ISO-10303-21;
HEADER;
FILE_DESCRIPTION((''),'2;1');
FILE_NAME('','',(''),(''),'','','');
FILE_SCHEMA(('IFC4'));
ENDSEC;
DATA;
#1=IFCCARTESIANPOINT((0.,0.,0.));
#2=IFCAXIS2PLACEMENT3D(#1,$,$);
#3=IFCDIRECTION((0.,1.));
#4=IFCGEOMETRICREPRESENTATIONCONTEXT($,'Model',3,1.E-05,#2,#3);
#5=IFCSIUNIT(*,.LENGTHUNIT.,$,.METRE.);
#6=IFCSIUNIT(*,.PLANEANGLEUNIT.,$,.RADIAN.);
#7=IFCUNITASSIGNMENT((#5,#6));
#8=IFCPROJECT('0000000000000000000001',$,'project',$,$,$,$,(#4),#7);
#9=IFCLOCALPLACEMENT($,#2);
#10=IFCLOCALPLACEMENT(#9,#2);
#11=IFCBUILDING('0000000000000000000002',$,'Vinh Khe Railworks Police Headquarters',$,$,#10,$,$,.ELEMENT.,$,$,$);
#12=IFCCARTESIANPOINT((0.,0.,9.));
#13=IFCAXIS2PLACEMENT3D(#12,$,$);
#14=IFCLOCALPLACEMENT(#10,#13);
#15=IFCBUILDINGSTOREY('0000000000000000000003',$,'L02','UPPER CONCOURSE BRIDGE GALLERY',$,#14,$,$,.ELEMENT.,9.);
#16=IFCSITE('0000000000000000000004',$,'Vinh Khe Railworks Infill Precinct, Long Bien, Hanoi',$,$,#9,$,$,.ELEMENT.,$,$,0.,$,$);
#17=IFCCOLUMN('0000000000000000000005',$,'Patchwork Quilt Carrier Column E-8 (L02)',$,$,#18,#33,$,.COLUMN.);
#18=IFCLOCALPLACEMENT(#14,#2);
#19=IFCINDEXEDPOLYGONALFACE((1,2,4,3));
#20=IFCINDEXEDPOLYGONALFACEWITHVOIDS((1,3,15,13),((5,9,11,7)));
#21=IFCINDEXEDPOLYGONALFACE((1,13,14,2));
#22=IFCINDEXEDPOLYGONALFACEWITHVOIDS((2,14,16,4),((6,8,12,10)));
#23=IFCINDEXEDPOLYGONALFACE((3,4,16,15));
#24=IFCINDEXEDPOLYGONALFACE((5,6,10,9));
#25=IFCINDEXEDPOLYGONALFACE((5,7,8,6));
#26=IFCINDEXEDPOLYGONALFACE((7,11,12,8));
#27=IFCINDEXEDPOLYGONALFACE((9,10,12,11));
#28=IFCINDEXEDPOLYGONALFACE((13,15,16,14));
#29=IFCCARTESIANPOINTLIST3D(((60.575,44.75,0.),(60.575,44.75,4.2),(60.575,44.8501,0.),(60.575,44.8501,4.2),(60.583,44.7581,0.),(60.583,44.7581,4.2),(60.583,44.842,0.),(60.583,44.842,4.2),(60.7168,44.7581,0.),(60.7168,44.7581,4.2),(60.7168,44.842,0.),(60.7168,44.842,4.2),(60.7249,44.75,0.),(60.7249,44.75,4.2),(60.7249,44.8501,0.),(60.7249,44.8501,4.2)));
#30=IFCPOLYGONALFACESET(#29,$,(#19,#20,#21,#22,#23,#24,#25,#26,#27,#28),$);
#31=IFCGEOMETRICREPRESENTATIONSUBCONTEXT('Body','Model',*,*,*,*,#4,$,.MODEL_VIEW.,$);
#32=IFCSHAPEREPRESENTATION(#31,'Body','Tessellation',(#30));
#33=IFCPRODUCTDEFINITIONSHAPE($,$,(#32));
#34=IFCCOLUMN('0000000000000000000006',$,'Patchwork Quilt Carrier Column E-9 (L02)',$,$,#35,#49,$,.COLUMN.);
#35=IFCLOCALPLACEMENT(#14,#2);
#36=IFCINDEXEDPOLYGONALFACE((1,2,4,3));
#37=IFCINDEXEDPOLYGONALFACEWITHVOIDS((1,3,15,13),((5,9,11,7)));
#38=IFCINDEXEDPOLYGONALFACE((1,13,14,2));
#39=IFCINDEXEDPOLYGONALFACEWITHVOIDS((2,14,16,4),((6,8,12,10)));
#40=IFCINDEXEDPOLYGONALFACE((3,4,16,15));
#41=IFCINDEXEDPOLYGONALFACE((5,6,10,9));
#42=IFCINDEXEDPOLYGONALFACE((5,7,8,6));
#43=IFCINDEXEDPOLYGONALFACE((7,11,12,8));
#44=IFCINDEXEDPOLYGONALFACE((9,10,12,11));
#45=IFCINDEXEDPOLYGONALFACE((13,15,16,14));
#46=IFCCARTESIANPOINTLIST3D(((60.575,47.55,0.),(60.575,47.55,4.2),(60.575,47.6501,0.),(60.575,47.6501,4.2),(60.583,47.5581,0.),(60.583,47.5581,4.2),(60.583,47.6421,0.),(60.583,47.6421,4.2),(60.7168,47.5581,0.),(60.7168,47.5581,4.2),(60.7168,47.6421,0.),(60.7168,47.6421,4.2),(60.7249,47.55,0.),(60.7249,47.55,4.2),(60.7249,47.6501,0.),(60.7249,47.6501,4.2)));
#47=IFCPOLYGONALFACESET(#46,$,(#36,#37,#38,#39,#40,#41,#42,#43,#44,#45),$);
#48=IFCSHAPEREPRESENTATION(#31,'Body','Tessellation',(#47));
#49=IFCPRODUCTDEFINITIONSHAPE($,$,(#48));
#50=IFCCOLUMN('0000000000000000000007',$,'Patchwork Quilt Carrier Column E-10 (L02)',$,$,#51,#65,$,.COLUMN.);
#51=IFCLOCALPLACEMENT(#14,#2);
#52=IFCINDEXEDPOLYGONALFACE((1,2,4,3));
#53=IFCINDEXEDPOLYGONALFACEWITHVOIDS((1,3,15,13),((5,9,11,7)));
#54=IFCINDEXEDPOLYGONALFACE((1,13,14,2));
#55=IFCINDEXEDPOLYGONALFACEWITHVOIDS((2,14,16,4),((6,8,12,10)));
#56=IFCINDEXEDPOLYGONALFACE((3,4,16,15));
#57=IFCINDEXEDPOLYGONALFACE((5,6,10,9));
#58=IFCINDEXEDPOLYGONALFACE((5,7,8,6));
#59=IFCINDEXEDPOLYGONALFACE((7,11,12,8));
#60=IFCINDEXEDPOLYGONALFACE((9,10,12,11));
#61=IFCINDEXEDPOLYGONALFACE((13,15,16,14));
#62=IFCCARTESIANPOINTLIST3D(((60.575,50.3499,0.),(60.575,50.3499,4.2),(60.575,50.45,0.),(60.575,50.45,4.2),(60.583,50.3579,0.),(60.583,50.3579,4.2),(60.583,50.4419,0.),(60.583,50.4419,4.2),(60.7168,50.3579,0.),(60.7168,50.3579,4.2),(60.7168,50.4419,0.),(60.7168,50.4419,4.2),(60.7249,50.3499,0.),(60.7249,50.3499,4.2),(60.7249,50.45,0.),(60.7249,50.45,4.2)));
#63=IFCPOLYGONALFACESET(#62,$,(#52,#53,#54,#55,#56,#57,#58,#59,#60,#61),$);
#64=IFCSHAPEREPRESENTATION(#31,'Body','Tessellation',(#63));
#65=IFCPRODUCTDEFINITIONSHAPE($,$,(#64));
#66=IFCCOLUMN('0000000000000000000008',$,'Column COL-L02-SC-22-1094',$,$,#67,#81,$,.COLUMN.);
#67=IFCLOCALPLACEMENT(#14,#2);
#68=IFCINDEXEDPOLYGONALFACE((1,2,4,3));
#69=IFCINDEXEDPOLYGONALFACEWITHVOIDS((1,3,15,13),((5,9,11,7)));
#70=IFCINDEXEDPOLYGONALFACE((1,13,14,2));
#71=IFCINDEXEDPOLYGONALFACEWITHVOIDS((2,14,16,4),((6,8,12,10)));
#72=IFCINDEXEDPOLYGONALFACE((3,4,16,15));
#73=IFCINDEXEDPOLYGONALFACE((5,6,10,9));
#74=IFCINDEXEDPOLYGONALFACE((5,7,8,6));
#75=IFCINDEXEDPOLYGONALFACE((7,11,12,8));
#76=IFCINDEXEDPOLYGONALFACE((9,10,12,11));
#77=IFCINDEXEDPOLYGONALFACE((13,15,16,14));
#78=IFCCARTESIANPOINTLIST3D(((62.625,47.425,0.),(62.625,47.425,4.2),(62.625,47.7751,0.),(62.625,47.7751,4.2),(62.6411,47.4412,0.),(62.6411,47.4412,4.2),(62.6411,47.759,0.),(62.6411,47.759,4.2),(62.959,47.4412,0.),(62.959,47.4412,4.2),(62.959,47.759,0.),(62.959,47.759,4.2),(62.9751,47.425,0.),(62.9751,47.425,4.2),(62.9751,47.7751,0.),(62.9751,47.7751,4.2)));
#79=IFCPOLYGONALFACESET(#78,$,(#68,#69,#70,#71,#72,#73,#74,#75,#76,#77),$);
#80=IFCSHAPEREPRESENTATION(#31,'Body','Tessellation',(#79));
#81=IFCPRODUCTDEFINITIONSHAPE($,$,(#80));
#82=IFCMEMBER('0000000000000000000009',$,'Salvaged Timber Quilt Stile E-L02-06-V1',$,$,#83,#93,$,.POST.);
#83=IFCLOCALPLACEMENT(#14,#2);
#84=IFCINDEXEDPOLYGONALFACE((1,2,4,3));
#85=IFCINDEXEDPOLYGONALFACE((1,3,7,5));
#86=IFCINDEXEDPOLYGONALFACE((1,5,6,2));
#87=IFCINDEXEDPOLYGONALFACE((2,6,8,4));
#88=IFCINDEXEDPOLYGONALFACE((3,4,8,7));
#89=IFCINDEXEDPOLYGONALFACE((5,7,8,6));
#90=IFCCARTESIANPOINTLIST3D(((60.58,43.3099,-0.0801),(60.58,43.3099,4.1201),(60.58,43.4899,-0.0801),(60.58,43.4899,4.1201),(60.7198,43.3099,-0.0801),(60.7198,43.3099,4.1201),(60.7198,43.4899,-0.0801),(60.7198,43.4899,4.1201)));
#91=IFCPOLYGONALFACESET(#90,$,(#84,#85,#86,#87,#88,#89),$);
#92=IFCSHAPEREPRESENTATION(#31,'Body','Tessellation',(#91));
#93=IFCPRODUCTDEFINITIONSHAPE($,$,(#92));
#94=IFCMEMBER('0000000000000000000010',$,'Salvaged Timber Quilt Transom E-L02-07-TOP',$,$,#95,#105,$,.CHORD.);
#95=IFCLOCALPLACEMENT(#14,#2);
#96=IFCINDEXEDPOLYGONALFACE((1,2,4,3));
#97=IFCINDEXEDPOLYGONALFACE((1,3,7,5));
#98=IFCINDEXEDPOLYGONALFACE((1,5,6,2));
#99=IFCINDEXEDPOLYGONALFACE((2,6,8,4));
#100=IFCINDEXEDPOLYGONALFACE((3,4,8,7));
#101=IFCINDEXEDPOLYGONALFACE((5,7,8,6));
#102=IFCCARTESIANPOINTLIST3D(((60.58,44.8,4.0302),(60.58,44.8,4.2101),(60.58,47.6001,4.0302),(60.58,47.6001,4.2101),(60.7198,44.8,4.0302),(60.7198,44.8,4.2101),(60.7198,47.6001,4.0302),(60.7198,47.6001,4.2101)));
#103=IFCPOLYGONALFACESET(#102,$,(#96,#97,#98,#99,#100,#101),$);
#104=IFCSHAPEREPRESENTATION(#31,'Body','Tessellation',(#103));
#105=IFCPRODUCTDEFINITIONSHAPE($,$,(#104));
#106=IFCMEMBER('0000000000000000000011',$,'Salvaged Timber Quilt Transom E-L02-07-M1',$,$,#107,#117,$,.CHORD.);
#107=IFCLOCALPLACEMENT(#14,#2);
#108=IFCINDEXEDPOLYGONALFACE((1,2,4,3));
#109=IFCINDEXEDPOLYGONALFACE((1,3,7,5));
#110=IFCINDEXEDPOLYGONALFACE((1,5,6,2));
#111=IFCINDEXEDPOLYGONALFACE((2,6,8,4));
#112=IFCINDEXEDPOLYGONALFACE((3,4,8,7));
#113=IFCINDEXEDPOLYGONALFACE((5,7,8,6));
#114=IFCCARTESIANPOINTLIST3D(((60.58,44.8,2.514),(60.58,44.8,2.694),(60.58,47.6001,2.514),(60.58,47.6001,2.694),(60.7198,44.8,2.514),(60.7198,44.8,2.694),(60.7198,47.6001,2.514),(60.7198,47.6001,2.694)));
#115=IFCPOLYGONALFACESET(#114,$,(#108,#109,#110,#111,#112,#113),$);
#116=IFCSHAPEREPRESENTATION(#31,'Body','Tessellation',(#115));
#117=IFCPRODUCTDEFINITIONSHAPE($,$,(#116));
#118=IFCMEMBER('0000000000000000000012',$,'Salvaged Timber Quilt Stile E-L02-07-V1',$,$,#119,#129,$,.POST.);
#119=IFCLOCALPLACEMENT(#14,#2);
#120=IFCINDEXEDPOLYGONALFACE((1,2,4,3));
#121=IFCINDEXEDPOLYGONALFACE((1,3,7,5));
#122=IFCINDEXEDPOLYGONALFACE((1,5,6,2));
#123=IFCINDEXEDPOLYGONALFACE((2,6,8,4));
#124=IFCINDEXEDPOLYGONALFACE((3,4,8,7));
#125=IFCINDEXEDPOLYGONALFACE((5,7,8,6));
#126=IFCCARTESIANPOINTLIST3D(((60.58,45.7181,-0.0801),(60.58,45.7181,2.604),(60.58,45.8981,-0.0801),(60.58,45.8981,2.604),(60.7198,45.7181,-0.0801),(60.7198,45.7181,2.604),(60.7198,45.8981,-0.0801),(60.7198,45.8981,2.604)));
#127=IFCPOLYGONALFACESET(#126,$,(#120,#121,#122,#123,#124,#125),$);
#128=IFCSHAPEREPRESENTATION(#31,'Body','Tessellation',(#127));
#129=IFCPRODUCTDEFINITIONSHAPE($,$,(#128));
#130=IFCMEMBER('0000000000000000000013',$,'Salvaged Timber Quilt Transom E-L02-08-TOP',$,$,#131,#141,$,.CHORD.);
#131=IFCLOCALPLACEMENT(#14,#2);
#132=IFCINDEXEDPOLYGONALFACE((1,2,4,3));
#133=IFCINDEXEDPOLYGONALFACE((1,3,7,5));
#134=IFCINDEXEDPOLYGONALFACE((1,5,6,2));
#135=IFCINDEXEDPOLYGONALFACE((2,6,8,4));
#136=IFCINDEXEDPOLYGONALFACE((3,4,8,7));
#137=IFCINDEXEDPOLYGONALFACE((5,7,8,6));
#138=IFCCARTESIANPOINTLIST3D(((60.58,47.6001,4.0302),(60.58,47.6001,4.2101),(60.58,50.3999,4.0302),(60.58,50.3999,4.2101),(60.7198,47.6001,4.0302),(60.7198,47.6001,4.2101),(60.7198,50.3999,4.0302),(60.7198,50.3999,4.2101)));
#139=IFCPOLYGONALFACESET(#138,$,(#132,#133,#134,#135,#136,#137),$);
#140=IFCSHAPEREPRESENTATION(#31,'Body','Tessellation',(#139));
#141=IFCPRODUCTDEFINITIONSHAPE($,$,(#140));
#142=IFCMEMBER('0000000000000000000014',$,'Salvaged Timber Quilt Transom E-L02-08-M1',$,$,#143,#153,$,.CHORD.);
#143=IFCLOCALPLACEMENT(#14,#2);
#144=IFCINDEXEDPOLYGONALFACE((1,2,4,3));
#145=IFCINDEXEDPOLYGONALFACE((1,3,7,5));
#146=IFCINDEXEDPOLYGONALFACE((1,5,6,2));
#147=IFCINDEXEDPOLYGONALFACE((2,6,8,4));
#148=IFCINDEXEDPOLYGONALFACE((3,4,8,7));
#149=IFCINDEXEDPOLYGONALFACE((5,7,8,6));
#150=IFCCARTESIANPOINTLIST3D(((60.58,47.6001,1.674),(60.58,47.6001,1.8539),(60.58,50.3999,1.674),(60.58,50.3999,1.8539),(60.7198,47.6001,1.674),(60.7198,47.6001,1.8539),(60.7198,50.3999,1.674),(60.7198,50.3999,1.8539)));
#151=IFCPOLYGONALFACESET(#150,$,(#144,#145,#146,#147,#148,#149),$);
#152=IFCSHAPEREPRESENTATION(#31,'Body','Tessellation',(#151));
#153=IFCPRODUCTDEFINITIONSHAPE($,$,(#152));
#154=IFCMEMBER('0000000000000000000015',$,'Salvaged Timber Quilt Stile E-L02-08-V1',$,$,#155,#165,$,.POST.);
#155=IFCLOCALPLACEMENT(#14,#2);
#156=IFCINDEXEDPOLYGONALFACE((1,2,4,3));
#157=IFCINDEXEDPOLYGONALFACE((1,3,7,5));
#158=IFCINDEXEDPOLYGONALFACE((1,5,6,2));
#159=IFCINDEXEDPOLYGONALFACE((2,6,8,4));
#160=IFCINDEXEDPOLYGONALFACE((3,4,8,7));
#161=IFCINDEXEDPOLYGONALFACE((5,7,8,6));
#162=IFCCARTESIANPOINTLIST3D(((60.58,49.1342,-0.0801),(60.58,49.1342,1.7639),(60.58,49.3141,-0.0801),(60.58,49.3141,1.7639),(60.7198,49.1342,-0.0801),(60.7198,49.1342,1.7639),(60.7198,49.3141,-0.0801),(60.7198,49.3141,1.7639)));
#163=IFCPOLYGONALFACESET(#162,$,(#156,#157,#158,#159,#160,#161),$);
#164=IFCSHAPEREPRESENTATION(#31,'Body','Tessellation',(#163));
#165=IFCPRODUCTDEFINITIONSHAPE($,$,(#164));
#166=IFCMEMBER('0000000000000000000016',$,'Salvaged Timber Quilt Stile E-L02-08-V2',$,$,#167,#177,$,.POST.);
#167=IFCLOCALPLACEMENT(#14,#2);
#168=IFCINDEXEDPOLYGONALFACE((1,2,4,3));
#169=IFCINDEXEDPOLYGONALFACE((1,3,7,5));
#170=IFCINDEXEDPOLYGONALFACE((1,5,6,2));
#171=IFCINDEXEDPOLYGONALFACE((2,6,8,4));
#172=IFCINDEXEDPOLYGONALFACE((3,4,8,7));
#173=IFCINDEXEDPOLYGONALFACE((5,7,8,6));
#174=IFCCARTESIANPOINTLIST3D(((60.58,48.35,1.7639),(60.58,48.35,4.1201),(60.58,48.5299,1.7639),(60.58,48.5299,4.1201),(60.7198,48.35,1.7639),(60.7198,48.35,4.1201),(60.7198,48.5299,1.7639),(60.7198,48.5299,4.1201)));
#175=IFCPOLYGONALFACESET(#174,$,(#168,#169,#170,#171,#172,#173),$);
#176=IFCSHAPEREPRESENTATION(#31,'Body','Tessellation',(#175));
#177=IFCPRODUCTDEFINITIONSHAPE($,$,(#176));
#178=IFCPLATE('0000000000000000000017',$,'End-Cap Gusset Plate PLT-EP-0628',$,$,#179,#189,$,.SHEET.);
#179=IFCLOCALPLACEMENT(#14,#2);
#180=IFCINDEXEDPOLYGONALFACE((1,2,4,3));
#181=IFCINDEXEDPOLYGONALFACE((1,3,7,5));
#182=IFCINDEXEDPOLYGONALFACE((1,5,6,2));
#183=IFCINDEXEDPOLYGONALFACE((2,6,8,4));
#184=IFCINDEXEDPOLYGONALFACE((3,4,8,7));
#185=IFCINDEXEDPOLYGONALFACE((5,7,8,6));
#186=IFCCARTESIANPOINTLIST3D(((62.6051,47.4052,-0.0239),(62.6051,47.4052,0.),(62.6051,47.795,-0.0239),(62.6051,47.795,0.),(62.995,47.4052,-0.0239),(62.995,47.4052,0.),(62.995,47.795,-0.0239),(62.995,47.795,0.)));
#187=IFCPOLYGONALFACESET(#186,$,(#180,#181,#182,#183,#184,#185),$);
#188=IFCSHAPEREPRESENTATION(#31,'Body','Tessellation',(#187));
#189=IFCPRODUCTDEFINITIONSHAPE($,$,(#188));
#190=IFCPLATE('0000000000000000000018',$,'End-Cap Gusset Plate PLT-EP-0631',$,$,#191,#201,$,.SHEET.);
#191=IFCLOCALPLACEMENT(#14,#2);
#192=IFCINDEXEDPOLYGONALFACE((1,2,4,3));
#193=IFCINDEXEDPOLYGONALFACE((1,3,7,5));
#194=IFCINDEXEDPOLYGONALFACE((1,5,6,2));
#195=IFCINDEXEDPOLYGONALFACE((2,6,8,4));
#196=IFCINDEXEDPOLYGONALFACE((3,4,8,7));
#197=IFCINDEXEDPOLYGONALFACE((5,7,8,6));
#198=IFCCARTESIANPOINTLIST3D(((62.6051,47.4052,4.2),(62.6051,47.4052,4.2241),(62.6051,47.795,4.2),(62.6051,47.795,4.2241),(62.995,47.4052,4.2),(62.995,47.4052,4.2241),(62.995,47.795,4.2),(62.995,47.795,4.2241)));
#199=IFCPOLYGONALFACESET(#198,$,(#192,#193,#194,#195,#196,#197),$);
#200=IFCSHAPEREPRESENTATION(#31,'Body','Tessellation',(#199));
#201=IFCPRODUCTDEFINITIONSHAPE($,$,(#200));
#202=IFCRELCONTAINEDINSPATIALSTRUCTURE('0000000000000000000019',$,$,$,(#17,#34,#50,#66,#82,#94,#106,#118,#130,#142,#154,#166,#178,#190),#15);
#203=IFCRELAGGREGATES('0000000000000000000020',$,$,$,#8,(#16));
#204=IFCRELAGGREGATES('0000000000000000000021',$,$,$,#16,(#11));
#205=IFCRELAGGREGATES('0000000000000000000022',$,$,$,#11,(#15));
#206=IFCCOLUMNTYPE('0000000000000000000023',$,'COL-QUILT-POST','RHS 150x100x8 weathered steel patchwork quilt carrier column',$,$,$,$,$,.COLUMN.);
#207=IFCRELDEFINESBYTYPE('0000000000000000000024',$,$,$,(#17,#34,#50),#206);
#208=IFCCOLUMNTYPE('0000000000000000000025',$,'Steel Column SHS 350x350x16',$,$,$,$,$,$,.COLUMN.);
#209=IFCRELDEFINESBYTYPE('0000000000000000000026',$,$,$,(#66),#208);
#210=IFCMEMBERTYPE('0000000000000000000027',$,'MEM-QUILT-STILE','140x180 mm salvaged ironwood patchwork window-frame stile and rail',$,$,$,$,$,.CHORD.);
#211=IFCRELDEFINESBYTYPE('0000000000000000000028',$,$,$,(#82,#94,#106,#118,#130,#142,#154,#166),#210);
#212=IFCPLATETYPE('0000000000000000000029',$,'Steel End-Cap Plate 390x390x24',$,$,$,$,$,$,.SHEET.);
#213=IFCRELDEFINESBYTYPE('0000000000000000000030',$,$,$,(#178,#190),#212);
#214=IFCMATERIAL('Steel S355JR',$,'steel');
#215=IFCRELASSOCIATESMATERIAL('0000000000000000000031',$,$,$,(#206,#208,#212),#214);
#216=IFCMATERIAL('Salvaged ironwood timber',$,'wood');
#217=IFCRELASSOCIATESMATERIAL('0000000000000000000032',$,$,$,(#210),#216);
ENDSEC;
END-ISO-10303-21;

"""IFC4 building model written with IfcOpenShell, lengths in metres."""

from ifc_helpers import new_model, si_unit, direction, frame, origin, origin_2d, place, context, subcontext, project, spatial, rectangle, hollow_rectangle, extrude, material, material_profile, profile_set, type_object, element, save


model = new_model("IFC4")

# Units and contexts
model_context = context("Model", 3, precision=1e-05, world=origin(), true_north=direction((0.0, 1.0)))
body_context = subcontext(model_context, "Body", "Model", "MODEL_VIEW")
ifc_project = project(units=[si_unit("LENGTHUNIT", "METRE"), si_unit("PLANEANGLEUNIT", "RADIAN")], contexts=[model_context])

# Site, building, storey
site_placement = place(None, origin())
site = spatial("IfcSite", under=ifc_project, at=site_placement, Name="Vinh Khe Railworks Infill Precinct, Long Bien, Hanoi", CompositionType="ELEMENT", RefElevation=0.0)
building_placement = place(site_placement, origin())
building = spatial("IfcBuilding", under=site, at=building_placement, Name="Vinh Khe Railworks Police Headquarters", CompositionType="ELEMENT")
storey_placement = place(building_placement, frame((0.0, 0.0, 9.0)))
storey = spatial("IfcBuildingStorey", under=building, at=storey_placement, Name="L02", Description="UPPER CONCOURSE BRIDGE GALLERY", CompositionType="ELEMENT", Elevation=9.0)

# Columns
ifc_material_1 = material(Name="Steel S355JR", Category="steel")
ifc_material_profile_1 = material_profile(ifc_material_1, hollow_rectangle(XDim=0.1499, YDim=0.1001, WallThickness=0.0081, at=origin_2d()), Name="RHS 150x100x8")
ifc_profile_set_1 = profile_set([ifc_material_profile_1], Name="Steel S355JR")
column_type_1 = type_object("IfcColumnType", Name="COL-QUILT-POST", Description="RHS 150x100x8 weathered steel patchwork quilt carrier column", PredefinedType="COLUMN", material=ifc_profile_set_1)
for number, where, z_axis, x_axis, name in (
    (1, (60.6499, 44.8, 0.0), (0.0, 0.0, 1.0), (1.0, 0.0, 0.0), "Patchwork Quilt Carrier Column E-8 (L02)"),
    (2, (60.6499, 47.6001, 0.0), (0.0, 0.0, 1.0), (1.0, 0.0, 0.0), "Patchwork Quilt Carrier Column E-9 (L02)"),
    (3, (60.6499, 50.3999, 0.0), (0.0, 0.0, 1.0), (1.0, 0.0, 0.0), "Patchwork Quilt Carrier Column E-10 (L02)"),
):
    element("IfcColumn", number, at=place(storey_placement, frame(where, z_axis=z_axis, x_axis=x_axis)), inside=storey, type_object=column_type_1, Name=name, PredefinedType="COLUMN", context=body_context, shape_type="SweptSolid", body=[
        extrude(hollow_rectangle(XDim=0.1499, YDim=0.1001, WallThickness=0.0081, at=origin_2d()), origin(), (0.0, 0.0, 1.0), 4.2),
    ])
ifc_material_profile_2 = material_profile(ifc_material_1, hollow_rectangle(XDim=0.3501, YDim=0.3501, WallThickness=0.0161, at=origin_2d()), Name="SHS 350x350x16")
ifc_profile_set_2 = profile_set([ifc_material_profile_2], Name="Steel S355JR")
column_type_2 = type_object("IfcColumnType", Name="Steel Column SHS 350x350x16", PredefinedType="COLUMN", material=ifc_profile_set_2)
column_placement = place(storey_placement, frame((62.8, 47.6001, 0.0), z_axis=(0.0, 0.0, 1.0), x_axis=(1.0, 0.0, 0.0)))
element("IfcColumn", 4, at=column_placement, inside=storey, type_object=column_type_2, Name="Column COL-L02-SC-22-1094", PredefinedType="COLUMN", context=body_context, shape_type="SweptSolid", body=[
    extrude(hollow_rectangle(XDim=0.3501, YDim=0.3501, WallThickness=0.0161, at=origin_2d()), origin(), (0.0, 0.0, 1.0), 4.2),
])

# Members
ifc_material_2 = material(Name="Salvaged ironwood timber", Category="wood")
ifc_material_profile_3 = material_profile(ifc_material_2, rectangle(XDim=0.1399, YDim=0.1799, at=origin_2d()), Name="TIMBER 140x180")
ifc_profile_set_3 = profile_set([ifc_material_profile_3], Name="Salvaged ironwood timber")
member_type = type_object("IfcMemberType", Name="MEM-QUILT-STILE", Description="140x180 mm salvaged ironwood patchwork window-frame stile and rail", PredefinedType="CHORD", material=ifc_profile_set_3)
member_1_placement = place(storey_placement, frame((60.6499, 43.3999, -0.0801), z_axis=(0.0, 0.0, 1.0), x_axis=(1.0, 0.0, 0.0)))
element("IfcMember", 5, at=member_1_placement, inside=storey, type_object=member_type, Name="Salvaged Timber Quilt Stile E-L02-06-V1", PredefinedType="POST", context=body_context, shape_type="SweptSolid", body=[
    extrude(rectangle(XDim=0.1399, YDim=0.1799, at=origin_2d()), origin(), (0.0, 0.0, 1.0), 4.2002),
])
for number, where, z_axis, x_axis, name in (
    (6, (60.6499, 44.8, 4.1201), (0.0, 1.0, 0.0), (-1.0, 0.0, 0.0), "Salvaged Timber Quilt Transom E-L02-07-TOP"),
    (7, (60.6499, 44.8, 2.604), (0.0, 1.0, 0.0), (-1.0, 0.0, 0.0), "Salvaged Timber Quilt Transom E-L02-07-M1"),
):
    element("IfcMember", number, at=place(storey_placement, frame(where, z_axis=z_axis, x_axis=x_axis)), inside=storey, type_object=member_type, Name=name, PredefinedType="CHORD", context=body_context, shape_type="SweptSolid", body=[
        extrude(rectangle(XDim=0.1399, YDim=0.1799, at=origin_2d()), origin(), (0.0, 0.0, 1.0), 2.8),
    ])
member_2_placement = place(storey_placement, frame((60.6499, 45.8081, -0.0801), z_axis=(0.0, 0.0, 1.0), x_axis=(1.0, 0.0, 0.0)))
element("IfcMember", 8, at=member_2_placement, inside=storey, type_object=member_type, Name="Salvaged Timber Quilt Stile E-L02-07-V1", PredefinedType="POST", context=body_context, shape_type="SweptSolid", body=[
    extrude(rectangle(XDim=0.1399, YDim=0.1799, at=origin_2d()), origin(), (0.0, 0.0, 1.0), 2.6841),
])
for number, where, z_axis, x_axis, name in (
    (9, (60.6499, 47.6001, 4.1201), (0.0, 1.0, 0.0), (-1.0, 0.0, 0.0), "Salvaged Timber Quilt Transom E-L02-08-TOP"),
    (10, (60.6499, 47.6001, 1.7639), (0.0, 1.0, 0.0), (-1.0, 0.0, 0.0), "Salvaged Timber Quilt Transom E-L02-08-M1"),
):
    element("IfcMember", number, at=place(storey_placement, frame(where, z_axis=z_axis, x_axis=x_axis)), inside=storey, type_object=member_type, Name=name, PredefinedType="CHORD", context=body_context, shape_type="SweptSolid", body=[
        extrude(rectangle(XDim=0.1399, YDim=0.1799, at=origin_2d()), origin(), (0.0, 0.0, 1.0), 2.7998),
    ])
member_3_placement = place(storey_placement, frame((60.6499, 49.2241, -0.0801), z_axis=(0.0, 0.0, 1.0), x_axis=(1.0, 0.0, 0.0)))
element("IfcMember", 11, at=member_3_placement, inside=storey, type_object=member_type, Name="Salvaged Timber Quilt Stile E-L02-08-V1", PredefinedType="POST", context=body_context, shape_type="SweptSolid", body=[
    extrude(rectangle(XDim=0.1399, YDim=0.1799, at=origin_2d()), origin(), (0.0, 0.0, 1.0), 1.844),
])
member_4_placement = place(storey_placement, frame((60.6499, 48.4399, 1.7639), z_axis=(0.0, 0.0, 1.0), x_axis=(1.0, 0.0, 0.0)))
element("IfcMember", 12, at=member_4_placement, inside=storey, type_object=member_type, Name="Salvaged Timber Quilt Stile E-L02-08-V2", PredefinedType="POST", context=body_context, shape_type="SweptSolid", body=[
    extrude(rectangle(XDim=0.1399, YDim=0.1799, at=origin_2d()), origin(), (0.0, 0.0, 1.0), 2.3562),
])

# Plates
ifc_material_profile_4 = material_profile(ifc_material_1, rectangle(XDim=0.3899, YDim=0.3899, at=origin_2d()), Name="PL 390x390")
ifc_profile_set_4 = profile_set([ifc_material_profile_4], Name="Steel S355JR")
plate_type = type_object("IfcPlateType", Name="Steel End-Cap Plate 390x390x24", PredefinedType="SHEET", material=ifc_profile_set_4)
plate_1_placement = place(storey_placement, frame((62.8, 47.6001, 0.0), z_axis=(0.0, 0.0, -1.0), x_axis=(1.0, 0.0, 0.0)))
element("IfcPlate", 13, at=plate_1_placement, inside=storey, type_object=plate_type, Name="End-Cap Gusset Plate PLT-EP-0628", PredefinedType="SHEET", context=body_context, shape_type="SweptSolid", body=[
    extrude(rectangle(XDim=0.3899, YDim=0.3899, at=origin_2d()), origin(), (0.0, 0.0, 1.0), 0.0239),
])
plate_2_placement = place(storey_placement, frame((62.8, 47.6001, 4.2), z_axis=(0.0, 0.0, 1.0), x_axis=(1.0, 0.0, 0.0)))
element("IfcPlate", 14, at=plate_2_placement, inside=storey, type_object=plate_type, Name="End-Cap Gusset Plate PLT-EP-0631", PredefinedType="SHEET", context=body_context, shape_type="SweptSolid", body=[
    extrude(rectangle(XDim=0.3899, YDim=0.3899, at=origin_2d()), origin(), (0.0, 0.0, 1.0), 0.0242),
])

save(model, "model.ifc")
